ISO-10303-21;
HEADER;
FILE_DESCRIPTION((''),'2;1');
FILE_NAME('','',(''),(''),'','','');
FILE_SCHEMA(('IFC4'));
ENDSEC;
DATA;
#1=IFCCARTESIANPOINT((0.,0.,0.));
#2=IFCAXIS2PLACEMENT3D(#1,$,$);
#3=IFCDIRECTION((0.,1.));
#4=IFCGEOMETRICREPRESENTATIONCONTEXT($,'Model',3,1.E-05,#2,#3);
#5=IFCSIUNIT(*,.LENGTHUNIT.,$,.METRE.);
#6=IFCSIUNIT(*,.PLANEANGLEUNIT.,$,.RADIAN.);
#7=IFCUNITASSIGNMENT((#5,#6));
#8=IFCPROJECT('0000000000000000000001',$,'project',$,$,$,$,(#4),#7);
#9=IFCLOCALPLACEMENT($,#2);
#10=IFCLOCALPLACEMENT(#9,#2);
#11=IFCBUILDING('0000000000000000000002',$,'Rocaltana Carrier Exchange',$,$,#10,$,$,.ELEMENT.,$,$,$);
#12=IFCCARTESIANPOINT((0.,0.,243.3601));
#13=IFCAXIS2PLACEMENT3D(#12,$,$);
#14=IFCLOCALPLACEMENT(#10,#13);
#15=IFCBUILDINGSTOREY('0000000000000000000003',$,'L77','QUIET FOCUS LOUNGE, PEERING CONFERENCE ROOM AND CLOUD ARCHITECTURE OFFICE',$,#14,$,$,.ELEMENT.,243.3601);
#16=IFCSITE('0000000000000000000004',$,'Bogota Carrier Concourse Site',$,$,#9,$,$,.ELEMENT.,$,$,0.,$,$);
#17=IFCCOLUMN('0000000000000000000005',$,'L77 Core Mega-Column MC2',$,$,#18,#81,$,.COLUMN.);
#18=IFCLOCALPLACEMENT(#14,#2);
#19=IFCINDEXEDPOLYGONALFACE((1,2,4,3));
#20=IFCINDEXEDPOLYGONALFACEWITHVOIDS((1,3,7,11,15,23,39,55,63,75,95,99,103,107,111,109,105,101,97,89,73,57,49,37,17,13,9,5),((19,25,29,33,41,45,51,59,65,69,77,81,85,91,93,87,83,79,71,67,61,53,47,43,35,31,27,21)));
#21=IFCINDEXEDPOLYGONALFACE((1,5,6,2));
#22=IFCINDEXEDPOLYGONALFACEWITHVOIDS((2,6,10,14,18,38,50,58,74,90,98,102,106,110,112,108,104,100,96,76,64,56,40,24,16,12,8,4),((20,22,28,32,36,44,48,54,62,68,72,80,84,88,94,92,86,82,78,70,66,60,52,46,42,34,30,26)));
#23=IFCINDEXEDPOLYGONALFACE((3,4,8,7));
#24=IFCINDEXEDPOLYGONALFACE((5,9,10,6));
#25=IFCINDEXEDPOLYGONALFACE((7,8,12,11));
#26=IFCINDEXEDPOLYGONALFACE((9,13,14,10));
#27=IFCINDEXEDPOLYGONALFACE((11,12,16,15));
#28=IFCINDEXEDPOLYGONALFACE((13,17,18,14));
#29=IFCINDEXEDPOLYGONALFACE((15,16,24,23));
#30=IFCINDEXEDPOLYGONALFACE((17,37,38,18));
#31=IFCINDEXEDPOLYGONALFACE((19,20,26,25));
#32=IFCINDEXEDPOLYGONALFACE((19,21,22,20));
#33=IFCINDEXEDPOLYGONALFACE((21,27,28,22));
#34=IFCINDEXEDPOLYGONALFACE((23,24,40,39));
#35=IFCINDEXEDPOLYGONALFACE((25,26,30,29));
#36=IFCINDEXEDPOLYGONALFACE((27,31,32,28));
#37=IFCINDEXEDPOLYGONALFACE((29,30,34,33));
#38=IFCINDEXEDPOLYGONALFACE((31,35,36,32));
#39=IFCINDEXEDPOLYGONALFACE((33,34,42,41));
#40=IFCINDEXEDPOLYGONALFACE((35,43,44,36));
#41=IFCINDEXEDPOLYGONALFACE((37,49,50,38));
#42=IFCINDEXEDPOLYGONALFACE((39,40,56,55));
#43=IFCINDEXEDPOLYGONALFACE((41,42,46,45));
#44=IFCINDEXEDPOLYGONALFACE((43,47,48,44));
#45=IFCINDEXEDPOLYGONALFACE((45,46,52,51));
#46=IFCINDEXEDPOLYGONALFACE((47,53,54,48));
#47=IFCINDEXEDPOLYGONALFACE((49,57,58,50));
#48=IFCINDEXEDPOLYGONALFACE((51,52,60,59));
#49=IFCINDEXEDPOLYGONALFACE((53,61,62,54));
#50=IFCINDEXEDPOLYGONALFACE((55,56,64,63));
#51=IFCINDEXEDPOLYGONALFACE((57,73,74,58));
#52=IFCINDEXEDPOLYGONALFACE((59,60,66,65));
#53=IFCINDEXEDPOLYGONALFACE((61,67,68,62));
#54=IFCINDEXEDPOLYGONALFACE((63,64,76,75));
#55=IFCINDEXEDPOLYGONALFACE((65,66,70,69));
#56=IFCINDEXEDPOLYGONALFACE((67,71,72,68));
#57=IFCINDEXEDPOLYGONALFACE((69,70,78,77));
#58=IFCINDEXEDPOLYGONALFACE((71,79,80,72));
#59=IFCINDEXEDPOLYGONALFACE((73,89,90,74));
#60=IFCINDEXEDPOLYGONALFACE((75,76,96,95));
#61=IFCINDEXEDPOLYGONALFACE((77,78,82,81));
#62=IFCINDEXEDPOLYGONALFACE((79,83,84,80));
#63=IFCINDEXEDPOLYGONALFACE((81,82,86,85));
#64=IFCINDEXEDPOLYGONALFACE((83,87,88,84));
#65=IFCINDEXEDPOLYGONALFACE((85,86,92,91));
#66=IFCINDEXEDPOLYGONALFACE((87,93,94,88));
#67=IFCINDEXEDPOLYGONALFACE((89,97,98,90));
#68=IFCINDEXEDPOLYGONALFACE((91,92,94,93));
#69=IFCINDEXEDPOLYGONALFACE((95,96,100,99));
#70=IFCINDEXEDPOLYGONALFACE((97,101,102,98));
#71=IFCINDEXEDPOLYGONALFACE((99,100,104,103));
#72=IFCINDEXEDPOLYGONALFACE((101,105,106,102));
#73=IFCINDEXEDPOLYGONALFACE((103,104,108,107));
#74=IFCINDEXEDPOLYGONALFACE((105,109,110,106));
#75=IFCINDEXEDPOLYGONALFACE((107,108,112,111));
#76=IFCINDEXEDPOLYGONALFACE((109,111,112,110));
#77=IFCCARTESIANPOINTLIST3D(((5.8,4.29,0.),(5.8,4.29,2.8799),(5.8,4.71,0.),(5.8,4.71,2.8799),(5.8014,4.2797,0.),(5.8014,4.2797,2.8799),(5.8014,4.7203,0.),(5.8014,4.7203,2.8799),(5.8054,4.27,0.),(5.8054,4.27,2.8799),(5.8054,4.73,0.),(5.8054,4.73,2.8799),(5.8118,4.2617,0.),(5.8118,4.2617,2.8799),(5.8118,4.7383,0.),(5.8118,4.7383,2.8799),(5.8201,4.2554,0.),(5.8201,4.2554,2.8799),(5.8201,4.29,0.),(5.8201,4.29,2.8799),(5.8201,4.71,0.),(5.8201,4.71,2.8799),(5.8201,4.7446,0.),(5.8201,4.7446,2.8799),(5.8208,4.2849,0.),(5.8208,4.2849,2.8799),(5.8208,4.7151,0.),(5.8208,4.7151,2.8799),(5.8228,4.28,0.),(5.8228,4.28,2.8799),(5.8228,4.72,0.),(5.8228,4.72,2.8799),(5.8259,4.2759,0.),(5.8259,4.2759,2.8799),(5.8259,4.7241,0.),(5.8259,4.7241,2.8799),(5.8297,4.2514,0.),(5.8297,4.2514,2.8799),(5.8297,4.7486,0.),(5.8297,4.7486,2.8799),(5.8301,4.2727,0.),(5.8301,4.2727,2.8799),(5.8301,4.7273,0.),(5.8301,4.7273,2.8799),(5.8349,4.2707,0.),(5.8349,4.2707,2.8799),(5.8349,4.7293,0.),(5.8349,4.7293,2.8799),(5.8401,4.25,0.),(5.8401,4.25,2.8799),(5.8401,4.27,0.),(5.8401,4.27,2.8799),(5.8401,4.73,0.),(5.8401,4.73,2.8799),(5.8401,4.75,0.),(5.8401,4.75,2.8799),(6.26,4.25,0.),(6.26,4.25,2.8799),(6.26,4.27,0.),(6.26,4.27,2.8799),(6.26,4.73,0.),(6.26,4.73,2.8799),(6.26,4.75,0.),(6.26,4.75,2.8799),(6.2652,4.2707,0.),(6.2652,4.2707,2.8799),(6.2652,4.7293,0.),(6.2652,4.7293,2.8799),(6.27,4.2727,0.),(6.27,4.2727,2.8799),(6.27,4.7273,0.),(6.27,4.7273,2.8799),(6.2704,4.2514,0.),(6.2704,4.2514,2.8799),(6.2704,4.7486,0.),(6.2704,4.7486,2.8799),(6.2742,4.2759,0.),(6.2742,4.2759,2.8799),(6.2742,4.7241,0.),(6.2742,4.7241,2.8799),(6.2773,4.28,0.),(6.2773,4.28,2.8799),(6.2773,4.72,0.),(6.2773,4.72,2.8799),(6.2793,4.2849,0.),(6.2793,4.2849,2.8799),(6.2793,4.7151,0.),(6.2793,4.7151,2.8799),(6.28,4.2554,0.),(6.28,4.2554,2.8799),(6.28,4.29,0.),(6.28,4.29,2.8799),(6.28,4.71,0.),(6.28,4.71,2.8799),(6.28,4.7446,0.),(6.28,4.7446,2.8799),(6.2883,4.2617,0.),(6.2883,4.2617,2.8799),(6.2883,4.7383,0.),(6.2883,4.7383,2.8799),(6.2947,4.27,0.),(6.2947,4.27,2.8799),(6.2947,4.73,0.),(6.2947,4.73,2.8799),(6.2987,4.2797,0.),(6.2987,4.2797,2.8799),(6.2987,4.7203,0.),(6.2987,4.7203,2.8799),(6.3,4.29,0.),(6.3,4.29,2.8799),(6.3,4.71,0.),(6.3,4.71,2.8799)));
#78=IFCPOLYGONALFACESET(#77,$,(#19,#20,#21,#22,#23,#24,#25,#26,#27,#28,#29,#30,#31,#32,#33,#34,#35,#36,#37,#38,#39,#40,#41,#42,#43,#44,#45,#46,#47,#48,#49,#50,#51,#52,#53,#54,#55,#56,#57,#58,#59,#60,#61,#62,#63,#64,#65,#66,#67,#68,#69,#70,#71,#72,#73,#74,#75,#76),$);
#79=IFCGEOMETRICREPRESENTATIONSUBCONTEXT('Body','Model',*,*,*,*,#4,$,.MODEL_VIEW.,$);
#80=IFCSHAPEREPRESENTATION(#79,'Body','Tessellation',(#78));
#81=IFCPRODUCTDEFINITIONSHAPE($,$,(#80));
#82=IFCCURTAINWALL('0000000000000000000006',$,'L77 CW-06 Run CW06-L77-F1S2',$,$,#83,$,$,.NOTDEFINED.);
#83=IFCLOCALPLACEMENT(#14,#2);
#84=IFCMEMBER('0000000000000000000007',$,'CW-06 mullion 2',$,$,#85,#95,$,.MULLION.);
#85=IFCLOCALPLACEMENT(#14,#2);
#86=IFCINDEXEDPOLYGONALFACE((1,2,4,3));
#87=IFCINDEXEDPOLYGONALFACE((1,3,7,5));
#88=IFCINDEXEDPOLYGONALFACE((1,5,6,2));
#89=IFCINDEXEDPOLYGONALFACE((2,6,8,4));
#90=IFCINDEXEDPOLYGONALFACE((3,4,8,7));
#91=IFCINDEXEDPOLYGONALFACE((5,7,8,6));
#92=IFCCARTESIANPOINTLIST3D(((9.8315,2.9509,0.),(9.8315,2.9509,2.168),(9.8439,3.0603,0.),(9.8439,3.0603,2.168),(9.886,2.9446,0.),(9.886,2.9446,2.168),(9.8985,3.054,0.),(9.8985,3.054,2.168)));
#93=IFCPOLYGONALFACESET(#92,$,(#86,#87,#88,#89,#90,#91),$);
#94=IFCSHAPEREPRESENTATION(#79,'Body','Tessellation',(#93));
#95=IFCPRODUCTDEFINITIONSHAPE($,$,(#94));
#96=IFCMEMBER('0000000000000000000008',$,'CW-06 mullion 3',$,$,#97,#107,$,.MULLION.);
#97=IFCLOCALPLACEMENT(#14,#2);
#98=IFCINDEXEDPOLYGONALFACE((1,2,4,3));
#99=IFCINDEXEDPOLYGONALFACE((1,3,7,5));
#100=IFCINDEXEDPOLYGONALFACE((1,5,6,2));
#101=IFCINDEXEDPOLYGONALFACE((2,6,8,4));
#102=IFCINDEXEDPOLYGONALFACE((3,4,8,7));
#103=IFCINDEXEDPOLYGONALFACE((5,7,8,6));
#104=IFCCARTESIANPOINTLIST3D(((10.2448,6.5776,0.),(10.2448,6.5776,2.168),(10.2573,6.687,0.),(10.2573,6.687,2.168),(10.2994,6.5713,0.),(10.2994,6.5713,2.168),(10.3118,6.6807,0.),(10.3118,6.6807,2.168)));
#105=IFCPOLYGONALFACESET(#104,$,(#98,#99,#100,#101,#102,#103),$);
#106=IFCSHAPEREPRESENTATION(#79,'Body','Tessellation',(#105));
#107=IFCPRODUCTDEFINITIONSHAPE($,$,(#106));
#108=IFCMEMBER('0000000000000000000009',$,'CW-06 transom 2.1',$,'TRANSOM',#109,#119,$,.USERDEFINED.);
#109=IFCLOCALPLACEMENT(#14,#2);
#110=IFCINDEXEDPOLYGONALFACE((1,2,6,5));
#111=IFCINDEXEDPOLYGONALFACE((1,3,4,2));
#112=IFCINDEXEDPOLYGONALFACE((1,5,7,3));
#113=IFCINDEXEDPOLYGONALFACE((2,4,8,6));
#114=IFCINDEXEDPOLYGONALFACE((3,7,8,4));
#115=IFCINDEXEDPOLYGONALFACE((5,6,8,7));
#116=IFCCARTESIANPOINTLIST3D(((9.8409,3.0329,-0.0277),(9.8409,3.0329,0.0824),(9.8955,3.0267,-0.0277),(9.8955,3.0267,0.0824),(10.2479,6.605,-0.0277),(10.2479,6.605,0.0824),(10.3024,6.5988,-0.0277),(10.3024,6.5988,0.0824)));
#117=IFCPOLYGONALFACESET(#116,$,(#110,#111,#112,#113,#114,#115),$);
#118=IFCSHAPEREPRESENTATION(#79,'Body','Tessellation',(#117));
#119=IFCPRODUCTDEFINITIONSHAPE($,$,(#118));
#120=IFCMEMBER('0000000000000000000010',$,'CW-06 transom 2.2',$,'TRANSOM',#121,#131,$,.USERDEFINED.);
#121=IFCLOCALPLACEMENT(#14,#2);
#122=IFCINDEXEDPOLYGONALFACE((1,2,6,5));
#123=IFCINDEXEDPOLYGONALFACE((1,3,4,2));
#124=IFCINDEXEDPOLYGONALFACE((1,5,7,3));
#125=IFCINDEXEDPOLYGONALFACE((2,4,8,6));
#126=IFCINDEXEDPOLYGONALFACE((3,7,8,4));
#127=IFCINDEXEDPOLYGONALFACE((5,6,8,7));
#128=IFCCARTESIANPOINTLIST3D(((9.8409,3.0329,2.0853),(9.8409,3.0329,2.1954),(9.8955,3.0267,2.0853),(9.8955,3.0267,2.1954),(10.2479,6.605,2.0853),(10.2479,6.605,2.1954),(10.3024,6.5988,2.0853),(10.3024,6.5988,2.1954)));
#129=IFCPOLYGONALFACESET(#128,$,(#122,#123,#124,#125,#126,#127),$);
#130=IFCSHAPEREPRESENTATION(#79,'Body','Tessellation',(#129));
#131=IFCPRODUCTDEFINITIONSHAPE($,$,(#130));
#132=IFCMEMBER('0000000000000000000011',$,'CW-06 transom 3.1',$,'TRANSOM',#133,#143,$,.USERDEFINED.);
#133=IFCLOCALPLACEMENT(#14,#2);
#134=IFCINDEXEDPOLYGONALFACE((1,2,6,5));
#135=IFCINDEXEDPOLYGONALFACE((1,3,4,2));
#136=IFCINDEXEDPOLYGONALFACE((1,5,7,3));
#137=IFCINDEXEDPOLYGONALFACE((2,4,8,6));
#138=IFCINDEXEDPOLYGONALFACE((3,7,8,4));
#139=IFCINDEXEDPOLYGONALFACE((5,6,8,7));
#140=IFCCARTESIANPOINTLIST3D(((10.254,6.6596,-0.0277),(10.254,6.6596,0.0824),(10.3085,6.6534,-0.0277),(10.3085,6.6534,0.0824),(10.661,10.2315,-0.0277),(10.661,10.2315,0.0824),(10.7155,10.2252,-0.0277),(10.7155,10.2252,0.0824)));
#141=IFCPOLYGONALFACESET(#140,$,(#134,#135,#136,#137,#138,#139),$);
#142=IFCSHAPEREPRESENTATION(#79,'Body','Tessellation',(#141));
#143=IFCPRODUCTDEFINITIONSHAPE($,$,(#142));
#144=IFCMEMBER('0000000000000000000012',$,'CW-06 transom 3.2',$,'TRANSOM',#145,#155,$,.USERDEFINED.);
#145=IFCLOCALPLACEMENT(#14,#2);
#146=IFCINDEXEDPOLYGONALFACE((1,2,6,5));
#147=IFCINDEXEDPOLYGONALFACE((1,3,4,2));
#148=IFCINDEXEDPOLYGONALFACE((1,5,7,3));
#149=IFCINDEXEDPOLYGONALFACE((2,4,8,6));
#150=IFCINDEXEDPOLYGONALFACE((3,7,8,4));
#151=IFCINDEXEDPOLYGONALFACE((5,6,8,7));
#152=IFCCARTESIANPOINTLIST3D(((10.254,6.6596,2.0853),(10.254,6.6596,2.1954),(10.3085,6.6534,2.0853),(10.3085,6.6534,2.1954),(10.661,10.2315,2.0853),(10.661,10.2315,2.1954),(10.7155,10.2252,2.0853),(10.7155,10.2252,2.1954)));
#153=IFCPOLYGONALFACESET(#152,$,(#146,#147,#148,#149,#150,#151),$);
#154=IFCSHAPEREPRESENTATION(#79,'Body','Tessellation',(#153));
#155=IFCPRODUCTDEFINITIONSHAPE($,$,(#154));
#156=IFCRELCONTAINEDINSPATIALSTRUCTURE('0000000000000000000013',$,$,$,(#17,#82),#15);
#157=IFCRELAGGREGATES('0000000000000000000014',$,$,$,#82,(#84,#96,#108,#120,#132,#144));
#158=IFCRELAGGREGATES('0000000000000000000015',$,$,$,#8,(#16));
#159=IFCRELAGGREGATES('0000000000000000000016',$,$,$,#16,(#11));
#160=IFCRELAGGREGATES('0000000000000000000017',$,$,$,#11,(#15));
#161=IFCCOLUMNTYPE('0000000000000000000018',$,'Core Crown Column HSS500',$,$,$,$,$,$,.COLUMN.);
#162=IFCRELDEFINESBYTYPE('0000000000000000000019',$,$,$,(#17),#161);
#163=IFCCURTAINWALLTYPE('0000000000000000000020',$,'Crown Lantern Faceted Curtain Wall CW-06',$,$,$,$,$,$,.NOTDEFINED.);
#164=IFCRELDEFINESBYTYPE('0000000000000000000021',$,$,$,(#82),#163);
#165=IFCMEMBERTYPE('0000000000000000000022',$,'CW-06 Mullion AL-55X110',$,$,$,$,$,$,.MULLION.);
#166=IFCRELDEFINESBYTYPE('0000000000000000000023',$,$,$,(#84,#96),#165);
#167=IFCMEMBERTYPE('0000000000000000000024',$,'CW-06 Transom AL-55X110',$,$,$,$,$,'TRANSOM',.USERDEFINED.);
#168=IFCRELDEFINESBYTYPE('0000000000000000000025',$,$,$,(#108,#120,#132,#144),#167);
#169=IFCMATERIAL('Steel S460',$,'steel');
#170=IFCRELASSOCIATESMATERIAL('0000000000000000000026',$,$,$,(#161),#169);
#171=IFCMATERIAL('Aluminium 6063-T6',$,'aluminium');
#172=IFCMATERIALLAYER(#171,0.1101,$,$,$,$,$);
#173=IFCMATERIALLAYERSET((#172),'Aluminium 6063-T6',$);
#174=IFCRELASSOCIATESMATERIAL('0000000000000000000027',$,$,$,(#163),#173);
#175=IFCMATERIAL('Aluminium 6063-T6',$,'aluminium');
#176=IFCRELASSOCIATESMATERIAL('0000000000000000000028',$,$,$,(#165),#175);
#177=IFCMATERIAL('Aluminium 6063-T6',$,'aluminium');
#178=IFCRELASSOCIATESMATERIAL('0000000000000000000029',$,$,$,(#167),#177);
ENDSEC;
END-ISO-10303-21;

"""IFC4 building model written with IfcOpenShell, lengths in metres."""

from ifc_helpers import new_model, si_unit, direction, frame, origin, origin_2d, place, context, subcontext, project, spatial, rectangle, hollow_rectangle, extrude, material, layer, layer_set, material_profile, profile_set, type_object, element, aggregate, save


model = new_model("IFC4")

# Units and contexts
model_context = context("Model", 3, precision=1e-05, world=origin(), true_north=direction((0.0, 1.0)))
body_context = subcontext(model_context, "Body", "Model", "MODEL_VIEW")
ifc_project = project(units=[si_unit("LENGTHUNIT", "METRE"), si_unit("PLANEANGLEUNIT", "RADIAN")], contexts=[model_context])

# Site, building, storey
site_placement = place(None, origin())
site = spatial("IfcSite", under=ifc_project, at=site_placement, Name="Bogota Carrier Concourse Site", CompositionType="ELEMENT", RefElevation=0.0)
building_placement = place(site_placement, origin())
building = spatial("IfcBuilding", under=site, at=building_placement, Name="Rocaltana Carrier Exchange", CompositionType="ELEMENT")
storey_placement = place(building_placement, frame((0.0, 0.0, 243.3601)))
storey = spatial("IfcBuildingStorey", under=building, at=storey_placement, Name="L77", Description="QUIET FOCUS LOUNGE, PEERING CONFERENCE ROOM AND CLOUD ARCHITECTURE OFFICE", CompositionType="ELEMENT", Elevation=243.3601)

# Column
ifc_material_1 = material(Name="Steel S460", Category="steel")
ifc_material_profile_1 = material_profile(ifc_material_1, hollow_rectangle(XDim=0.5, YDim=0.5, WallThickness=0.02, InnerFilletRadius=0.02, OuterFilletRadius=0.04, at=origin_2d()), Name="HSS500X500X20")
ifc_profile_set_1 = profile_set([ifc_material_profile_1], Name="Steel S460")
column_type = type_object("IfcColumnType", Name="Core Crown Column HSS500", PredefinedType="COLUMN", material=ifc_profile_set_1)
column_placement = place(storey_placement, frame((6.05, 4.5, 0.0), z_axis=(0.0, 0.0, 1.0), x_axis=(1.0, 0.0, 0.0)))
element("IfcColumn", 1, at=column_placement, inside=storey, type_object=column_type, Name="L77 Core Mega-Column MC2", PredefinedType="COLUMN", context=body_context, shape_type="SweptSolid", body=[
    extrude(hollow_rectangle(XDim=0.5, YDim=0.5, WallThickness=0.02, InnerFilletRadius=0.02, OuterFilletRadius=0.04, at=origin_2d()), origin(), (0.0, 0.0, 1.0), 2.8799),
])

# Curtain wall, members
ifc_material_2 = material(Name="Aluminium 6063-T6", Category="aluminium")
ifc_layer_1 = layer(ifc_material_2, 0.1101)
ifc_layer_set_1 = layer_set([ifc_layer_1], Name="Aluminium 6063-T6")
curtain_wall_type = type_object("IfcCurtainWallType", Name="Crown Lantern Faceted Curtain Wall CW-06", PredefinedType="NOTDEFINED", material=ifc_layer_set_1)
curtain_wall_placement = place(storey_placement, origin())
curtain_wall = element("IfcCurtainWall", 2, at=curtain_wall_placement, inside=storey, type_object=curtain_wall_type, Name="L77 CW-06 Run CW06-L77-F1S2", PredefinedType="NOTDEFINED")
ifc_material_3 = material(Name="Aluminium 6063-T6", Category="aluminium")
ifc_material_profile_2 = material_profile(ifc_material_3, rectangle(XDim=0.0549, YDim=0.1101, at=origin_2d()), Name="AL-55X110")
ifc_profile_set_2 = profile_set([ifc_material_profile_2], Name="Aluminium 6063-T6")
member_type_1 = type_object("IfcMemberType", Name="CW-06 Mullion AL-55X110", PredefinedType="MULLION", material=ifc_profile_set_2)
member_1_placement = place(storey_placement, frame((9.865, 3.0024, 0.0), z_axis=(0.0, 0.0, 1.0), x_axis=(-0.993572, 0.113198, 0.0)))
member_1 = element("IfcMember", 3, at=member_1_placement, type_object=member_type_1, Name="CW-06 mullion 2", PredefinedType="MULLION", context=body_context, shape_type="SweptSolid", body=[
    extrude(rectangle(XDim=0.0549, YDim=0.1101, at=origin_2d()), origin(), (0.0, 0.0, 1.0), 2.168),
])
member_2_placement = place(storey_placement, frame((10.2783, 6.6292, 0.0), z_axis=(0.0, 0.0, 1.0), x_axis=(-0.993572, 0.113198, 0.0)))
member_2 = element("IfcMember", 4, at=member_2_placement, type_object=member_type_1, Name="CW-06 mullion 3", PredefinedType="MULLION", context=body_context, shape_type="SweptSolid", body=[
    extrude(rectangle(XDim=0.0549, YDim=0.1101, at=origin_2d()), origin(), (0.0, 0.0, 1.0), 2.168),
])
ifc_material_4 = material(Name="Aluminium 6063-T6", Category="aluminium")
ifc_material_profile_3 = material_profile(ifc_material_4, rectangle(XDim=0.0549, YDim=0.1101, at=origin_2d()), Name="AL-55X110")
ifc_profile_set_3 = profile_set([ifc_material_profile_3], Name="Aluminium 6063-T6")
member_type_2 = type_object("IfcMemberType", Name="CW-06 Transom AL-55X110", ElementType="TRANSOM", PredefinedType="USERDEFINED", material=ifc_profile_set_3)
member_3_placement = place(storey_placement, frame((9.8682, 3.0298, 0.0273), z_axis=(0.113204, 0.993572, 0.0), x_axis=(-0.993572, 0.113204, 0.0)))
member_3 = element("IfcMember", 5, at=member_3_placement, type_object=member_type_2, Name="CW-06 transom 2.1", ObjectType="TRANSOM", PredefinedType="USERDEFINED", context=body_context, shape_type="SweptSolid", body=[
    extrude(rectangle(XDim=0.0549, YDim=0.1101, at=origin_2d()), origin(), (0.0, 0.0, 1.0), 3.5952),
])
member_4_placement = place(storey_placement, frame((9.8682, 3.0298, 2.1404), z_axis=(0.113204, 0.993572, 0.0), x_axis=(-0.993572, 0.113204, 0.0)))
member_4 = element("IfcMember", 6, at=member_4_placement, type_object=member_type_2, Name="CW-06 transom 2.2", ObjectType="TRANSOM", PredefinedType="USERDEFINED", context=body_context, shape_type="SweptSolid", body=[
    extrude(rectangle(XDim=0.0549, YDim=0.1101, at=origin_2d()), origin(), (0.0, 0.0, 1.0), 3.5952),
])
member_5_placement = place(storey_placement, frame((10.2812, 6.6565, 0.0273), z_axis=(0.113211, 0.993571, 0.0), x_axis=(-0.993571, 0.113211, 0.0)))
member_5 = element("IfcMember", 7, at=member_5_placement, type_object=member_type_2, Name="CW-06 transom 3.1", ObjectType="TRANSOM", PredefinedType="USERDEFINED", context=body_context, shape_type="SweptSolid", body=[
    extrude(rectangle(XDim=0.0549, YDim=0.1101, at=origin_2d()), origin(), (0.0, 0.0, 1.0), 3.595),
])
member_6_placement = place(storey_placement, frame((10.2812, 6.6565, 2.1404), z_axis=(0.113211, 0.993571, 0.0), x_axis=(-0.993571, 0.113211, 0.0)))
member_6 = element("IfcMember", 8, at=member_6_placement, type_object=member_type_2, Name="CW-06 transom 3.2", ObjectType="TRANSOM", PredefinedType="USERDEFINED", context=body_context, shape_type="SweptSolid", body=[
    extrude(rectangle(XDim=0.0549, YDim=0.1101, at=origin_2d()), origin(), (0.0, 0.0, 1.0), 3.595),
])

aggregate(curtain_wall, [member_1, member_2, member_3, member_4, member_5, member_6])

save(model, "model.ifc")
